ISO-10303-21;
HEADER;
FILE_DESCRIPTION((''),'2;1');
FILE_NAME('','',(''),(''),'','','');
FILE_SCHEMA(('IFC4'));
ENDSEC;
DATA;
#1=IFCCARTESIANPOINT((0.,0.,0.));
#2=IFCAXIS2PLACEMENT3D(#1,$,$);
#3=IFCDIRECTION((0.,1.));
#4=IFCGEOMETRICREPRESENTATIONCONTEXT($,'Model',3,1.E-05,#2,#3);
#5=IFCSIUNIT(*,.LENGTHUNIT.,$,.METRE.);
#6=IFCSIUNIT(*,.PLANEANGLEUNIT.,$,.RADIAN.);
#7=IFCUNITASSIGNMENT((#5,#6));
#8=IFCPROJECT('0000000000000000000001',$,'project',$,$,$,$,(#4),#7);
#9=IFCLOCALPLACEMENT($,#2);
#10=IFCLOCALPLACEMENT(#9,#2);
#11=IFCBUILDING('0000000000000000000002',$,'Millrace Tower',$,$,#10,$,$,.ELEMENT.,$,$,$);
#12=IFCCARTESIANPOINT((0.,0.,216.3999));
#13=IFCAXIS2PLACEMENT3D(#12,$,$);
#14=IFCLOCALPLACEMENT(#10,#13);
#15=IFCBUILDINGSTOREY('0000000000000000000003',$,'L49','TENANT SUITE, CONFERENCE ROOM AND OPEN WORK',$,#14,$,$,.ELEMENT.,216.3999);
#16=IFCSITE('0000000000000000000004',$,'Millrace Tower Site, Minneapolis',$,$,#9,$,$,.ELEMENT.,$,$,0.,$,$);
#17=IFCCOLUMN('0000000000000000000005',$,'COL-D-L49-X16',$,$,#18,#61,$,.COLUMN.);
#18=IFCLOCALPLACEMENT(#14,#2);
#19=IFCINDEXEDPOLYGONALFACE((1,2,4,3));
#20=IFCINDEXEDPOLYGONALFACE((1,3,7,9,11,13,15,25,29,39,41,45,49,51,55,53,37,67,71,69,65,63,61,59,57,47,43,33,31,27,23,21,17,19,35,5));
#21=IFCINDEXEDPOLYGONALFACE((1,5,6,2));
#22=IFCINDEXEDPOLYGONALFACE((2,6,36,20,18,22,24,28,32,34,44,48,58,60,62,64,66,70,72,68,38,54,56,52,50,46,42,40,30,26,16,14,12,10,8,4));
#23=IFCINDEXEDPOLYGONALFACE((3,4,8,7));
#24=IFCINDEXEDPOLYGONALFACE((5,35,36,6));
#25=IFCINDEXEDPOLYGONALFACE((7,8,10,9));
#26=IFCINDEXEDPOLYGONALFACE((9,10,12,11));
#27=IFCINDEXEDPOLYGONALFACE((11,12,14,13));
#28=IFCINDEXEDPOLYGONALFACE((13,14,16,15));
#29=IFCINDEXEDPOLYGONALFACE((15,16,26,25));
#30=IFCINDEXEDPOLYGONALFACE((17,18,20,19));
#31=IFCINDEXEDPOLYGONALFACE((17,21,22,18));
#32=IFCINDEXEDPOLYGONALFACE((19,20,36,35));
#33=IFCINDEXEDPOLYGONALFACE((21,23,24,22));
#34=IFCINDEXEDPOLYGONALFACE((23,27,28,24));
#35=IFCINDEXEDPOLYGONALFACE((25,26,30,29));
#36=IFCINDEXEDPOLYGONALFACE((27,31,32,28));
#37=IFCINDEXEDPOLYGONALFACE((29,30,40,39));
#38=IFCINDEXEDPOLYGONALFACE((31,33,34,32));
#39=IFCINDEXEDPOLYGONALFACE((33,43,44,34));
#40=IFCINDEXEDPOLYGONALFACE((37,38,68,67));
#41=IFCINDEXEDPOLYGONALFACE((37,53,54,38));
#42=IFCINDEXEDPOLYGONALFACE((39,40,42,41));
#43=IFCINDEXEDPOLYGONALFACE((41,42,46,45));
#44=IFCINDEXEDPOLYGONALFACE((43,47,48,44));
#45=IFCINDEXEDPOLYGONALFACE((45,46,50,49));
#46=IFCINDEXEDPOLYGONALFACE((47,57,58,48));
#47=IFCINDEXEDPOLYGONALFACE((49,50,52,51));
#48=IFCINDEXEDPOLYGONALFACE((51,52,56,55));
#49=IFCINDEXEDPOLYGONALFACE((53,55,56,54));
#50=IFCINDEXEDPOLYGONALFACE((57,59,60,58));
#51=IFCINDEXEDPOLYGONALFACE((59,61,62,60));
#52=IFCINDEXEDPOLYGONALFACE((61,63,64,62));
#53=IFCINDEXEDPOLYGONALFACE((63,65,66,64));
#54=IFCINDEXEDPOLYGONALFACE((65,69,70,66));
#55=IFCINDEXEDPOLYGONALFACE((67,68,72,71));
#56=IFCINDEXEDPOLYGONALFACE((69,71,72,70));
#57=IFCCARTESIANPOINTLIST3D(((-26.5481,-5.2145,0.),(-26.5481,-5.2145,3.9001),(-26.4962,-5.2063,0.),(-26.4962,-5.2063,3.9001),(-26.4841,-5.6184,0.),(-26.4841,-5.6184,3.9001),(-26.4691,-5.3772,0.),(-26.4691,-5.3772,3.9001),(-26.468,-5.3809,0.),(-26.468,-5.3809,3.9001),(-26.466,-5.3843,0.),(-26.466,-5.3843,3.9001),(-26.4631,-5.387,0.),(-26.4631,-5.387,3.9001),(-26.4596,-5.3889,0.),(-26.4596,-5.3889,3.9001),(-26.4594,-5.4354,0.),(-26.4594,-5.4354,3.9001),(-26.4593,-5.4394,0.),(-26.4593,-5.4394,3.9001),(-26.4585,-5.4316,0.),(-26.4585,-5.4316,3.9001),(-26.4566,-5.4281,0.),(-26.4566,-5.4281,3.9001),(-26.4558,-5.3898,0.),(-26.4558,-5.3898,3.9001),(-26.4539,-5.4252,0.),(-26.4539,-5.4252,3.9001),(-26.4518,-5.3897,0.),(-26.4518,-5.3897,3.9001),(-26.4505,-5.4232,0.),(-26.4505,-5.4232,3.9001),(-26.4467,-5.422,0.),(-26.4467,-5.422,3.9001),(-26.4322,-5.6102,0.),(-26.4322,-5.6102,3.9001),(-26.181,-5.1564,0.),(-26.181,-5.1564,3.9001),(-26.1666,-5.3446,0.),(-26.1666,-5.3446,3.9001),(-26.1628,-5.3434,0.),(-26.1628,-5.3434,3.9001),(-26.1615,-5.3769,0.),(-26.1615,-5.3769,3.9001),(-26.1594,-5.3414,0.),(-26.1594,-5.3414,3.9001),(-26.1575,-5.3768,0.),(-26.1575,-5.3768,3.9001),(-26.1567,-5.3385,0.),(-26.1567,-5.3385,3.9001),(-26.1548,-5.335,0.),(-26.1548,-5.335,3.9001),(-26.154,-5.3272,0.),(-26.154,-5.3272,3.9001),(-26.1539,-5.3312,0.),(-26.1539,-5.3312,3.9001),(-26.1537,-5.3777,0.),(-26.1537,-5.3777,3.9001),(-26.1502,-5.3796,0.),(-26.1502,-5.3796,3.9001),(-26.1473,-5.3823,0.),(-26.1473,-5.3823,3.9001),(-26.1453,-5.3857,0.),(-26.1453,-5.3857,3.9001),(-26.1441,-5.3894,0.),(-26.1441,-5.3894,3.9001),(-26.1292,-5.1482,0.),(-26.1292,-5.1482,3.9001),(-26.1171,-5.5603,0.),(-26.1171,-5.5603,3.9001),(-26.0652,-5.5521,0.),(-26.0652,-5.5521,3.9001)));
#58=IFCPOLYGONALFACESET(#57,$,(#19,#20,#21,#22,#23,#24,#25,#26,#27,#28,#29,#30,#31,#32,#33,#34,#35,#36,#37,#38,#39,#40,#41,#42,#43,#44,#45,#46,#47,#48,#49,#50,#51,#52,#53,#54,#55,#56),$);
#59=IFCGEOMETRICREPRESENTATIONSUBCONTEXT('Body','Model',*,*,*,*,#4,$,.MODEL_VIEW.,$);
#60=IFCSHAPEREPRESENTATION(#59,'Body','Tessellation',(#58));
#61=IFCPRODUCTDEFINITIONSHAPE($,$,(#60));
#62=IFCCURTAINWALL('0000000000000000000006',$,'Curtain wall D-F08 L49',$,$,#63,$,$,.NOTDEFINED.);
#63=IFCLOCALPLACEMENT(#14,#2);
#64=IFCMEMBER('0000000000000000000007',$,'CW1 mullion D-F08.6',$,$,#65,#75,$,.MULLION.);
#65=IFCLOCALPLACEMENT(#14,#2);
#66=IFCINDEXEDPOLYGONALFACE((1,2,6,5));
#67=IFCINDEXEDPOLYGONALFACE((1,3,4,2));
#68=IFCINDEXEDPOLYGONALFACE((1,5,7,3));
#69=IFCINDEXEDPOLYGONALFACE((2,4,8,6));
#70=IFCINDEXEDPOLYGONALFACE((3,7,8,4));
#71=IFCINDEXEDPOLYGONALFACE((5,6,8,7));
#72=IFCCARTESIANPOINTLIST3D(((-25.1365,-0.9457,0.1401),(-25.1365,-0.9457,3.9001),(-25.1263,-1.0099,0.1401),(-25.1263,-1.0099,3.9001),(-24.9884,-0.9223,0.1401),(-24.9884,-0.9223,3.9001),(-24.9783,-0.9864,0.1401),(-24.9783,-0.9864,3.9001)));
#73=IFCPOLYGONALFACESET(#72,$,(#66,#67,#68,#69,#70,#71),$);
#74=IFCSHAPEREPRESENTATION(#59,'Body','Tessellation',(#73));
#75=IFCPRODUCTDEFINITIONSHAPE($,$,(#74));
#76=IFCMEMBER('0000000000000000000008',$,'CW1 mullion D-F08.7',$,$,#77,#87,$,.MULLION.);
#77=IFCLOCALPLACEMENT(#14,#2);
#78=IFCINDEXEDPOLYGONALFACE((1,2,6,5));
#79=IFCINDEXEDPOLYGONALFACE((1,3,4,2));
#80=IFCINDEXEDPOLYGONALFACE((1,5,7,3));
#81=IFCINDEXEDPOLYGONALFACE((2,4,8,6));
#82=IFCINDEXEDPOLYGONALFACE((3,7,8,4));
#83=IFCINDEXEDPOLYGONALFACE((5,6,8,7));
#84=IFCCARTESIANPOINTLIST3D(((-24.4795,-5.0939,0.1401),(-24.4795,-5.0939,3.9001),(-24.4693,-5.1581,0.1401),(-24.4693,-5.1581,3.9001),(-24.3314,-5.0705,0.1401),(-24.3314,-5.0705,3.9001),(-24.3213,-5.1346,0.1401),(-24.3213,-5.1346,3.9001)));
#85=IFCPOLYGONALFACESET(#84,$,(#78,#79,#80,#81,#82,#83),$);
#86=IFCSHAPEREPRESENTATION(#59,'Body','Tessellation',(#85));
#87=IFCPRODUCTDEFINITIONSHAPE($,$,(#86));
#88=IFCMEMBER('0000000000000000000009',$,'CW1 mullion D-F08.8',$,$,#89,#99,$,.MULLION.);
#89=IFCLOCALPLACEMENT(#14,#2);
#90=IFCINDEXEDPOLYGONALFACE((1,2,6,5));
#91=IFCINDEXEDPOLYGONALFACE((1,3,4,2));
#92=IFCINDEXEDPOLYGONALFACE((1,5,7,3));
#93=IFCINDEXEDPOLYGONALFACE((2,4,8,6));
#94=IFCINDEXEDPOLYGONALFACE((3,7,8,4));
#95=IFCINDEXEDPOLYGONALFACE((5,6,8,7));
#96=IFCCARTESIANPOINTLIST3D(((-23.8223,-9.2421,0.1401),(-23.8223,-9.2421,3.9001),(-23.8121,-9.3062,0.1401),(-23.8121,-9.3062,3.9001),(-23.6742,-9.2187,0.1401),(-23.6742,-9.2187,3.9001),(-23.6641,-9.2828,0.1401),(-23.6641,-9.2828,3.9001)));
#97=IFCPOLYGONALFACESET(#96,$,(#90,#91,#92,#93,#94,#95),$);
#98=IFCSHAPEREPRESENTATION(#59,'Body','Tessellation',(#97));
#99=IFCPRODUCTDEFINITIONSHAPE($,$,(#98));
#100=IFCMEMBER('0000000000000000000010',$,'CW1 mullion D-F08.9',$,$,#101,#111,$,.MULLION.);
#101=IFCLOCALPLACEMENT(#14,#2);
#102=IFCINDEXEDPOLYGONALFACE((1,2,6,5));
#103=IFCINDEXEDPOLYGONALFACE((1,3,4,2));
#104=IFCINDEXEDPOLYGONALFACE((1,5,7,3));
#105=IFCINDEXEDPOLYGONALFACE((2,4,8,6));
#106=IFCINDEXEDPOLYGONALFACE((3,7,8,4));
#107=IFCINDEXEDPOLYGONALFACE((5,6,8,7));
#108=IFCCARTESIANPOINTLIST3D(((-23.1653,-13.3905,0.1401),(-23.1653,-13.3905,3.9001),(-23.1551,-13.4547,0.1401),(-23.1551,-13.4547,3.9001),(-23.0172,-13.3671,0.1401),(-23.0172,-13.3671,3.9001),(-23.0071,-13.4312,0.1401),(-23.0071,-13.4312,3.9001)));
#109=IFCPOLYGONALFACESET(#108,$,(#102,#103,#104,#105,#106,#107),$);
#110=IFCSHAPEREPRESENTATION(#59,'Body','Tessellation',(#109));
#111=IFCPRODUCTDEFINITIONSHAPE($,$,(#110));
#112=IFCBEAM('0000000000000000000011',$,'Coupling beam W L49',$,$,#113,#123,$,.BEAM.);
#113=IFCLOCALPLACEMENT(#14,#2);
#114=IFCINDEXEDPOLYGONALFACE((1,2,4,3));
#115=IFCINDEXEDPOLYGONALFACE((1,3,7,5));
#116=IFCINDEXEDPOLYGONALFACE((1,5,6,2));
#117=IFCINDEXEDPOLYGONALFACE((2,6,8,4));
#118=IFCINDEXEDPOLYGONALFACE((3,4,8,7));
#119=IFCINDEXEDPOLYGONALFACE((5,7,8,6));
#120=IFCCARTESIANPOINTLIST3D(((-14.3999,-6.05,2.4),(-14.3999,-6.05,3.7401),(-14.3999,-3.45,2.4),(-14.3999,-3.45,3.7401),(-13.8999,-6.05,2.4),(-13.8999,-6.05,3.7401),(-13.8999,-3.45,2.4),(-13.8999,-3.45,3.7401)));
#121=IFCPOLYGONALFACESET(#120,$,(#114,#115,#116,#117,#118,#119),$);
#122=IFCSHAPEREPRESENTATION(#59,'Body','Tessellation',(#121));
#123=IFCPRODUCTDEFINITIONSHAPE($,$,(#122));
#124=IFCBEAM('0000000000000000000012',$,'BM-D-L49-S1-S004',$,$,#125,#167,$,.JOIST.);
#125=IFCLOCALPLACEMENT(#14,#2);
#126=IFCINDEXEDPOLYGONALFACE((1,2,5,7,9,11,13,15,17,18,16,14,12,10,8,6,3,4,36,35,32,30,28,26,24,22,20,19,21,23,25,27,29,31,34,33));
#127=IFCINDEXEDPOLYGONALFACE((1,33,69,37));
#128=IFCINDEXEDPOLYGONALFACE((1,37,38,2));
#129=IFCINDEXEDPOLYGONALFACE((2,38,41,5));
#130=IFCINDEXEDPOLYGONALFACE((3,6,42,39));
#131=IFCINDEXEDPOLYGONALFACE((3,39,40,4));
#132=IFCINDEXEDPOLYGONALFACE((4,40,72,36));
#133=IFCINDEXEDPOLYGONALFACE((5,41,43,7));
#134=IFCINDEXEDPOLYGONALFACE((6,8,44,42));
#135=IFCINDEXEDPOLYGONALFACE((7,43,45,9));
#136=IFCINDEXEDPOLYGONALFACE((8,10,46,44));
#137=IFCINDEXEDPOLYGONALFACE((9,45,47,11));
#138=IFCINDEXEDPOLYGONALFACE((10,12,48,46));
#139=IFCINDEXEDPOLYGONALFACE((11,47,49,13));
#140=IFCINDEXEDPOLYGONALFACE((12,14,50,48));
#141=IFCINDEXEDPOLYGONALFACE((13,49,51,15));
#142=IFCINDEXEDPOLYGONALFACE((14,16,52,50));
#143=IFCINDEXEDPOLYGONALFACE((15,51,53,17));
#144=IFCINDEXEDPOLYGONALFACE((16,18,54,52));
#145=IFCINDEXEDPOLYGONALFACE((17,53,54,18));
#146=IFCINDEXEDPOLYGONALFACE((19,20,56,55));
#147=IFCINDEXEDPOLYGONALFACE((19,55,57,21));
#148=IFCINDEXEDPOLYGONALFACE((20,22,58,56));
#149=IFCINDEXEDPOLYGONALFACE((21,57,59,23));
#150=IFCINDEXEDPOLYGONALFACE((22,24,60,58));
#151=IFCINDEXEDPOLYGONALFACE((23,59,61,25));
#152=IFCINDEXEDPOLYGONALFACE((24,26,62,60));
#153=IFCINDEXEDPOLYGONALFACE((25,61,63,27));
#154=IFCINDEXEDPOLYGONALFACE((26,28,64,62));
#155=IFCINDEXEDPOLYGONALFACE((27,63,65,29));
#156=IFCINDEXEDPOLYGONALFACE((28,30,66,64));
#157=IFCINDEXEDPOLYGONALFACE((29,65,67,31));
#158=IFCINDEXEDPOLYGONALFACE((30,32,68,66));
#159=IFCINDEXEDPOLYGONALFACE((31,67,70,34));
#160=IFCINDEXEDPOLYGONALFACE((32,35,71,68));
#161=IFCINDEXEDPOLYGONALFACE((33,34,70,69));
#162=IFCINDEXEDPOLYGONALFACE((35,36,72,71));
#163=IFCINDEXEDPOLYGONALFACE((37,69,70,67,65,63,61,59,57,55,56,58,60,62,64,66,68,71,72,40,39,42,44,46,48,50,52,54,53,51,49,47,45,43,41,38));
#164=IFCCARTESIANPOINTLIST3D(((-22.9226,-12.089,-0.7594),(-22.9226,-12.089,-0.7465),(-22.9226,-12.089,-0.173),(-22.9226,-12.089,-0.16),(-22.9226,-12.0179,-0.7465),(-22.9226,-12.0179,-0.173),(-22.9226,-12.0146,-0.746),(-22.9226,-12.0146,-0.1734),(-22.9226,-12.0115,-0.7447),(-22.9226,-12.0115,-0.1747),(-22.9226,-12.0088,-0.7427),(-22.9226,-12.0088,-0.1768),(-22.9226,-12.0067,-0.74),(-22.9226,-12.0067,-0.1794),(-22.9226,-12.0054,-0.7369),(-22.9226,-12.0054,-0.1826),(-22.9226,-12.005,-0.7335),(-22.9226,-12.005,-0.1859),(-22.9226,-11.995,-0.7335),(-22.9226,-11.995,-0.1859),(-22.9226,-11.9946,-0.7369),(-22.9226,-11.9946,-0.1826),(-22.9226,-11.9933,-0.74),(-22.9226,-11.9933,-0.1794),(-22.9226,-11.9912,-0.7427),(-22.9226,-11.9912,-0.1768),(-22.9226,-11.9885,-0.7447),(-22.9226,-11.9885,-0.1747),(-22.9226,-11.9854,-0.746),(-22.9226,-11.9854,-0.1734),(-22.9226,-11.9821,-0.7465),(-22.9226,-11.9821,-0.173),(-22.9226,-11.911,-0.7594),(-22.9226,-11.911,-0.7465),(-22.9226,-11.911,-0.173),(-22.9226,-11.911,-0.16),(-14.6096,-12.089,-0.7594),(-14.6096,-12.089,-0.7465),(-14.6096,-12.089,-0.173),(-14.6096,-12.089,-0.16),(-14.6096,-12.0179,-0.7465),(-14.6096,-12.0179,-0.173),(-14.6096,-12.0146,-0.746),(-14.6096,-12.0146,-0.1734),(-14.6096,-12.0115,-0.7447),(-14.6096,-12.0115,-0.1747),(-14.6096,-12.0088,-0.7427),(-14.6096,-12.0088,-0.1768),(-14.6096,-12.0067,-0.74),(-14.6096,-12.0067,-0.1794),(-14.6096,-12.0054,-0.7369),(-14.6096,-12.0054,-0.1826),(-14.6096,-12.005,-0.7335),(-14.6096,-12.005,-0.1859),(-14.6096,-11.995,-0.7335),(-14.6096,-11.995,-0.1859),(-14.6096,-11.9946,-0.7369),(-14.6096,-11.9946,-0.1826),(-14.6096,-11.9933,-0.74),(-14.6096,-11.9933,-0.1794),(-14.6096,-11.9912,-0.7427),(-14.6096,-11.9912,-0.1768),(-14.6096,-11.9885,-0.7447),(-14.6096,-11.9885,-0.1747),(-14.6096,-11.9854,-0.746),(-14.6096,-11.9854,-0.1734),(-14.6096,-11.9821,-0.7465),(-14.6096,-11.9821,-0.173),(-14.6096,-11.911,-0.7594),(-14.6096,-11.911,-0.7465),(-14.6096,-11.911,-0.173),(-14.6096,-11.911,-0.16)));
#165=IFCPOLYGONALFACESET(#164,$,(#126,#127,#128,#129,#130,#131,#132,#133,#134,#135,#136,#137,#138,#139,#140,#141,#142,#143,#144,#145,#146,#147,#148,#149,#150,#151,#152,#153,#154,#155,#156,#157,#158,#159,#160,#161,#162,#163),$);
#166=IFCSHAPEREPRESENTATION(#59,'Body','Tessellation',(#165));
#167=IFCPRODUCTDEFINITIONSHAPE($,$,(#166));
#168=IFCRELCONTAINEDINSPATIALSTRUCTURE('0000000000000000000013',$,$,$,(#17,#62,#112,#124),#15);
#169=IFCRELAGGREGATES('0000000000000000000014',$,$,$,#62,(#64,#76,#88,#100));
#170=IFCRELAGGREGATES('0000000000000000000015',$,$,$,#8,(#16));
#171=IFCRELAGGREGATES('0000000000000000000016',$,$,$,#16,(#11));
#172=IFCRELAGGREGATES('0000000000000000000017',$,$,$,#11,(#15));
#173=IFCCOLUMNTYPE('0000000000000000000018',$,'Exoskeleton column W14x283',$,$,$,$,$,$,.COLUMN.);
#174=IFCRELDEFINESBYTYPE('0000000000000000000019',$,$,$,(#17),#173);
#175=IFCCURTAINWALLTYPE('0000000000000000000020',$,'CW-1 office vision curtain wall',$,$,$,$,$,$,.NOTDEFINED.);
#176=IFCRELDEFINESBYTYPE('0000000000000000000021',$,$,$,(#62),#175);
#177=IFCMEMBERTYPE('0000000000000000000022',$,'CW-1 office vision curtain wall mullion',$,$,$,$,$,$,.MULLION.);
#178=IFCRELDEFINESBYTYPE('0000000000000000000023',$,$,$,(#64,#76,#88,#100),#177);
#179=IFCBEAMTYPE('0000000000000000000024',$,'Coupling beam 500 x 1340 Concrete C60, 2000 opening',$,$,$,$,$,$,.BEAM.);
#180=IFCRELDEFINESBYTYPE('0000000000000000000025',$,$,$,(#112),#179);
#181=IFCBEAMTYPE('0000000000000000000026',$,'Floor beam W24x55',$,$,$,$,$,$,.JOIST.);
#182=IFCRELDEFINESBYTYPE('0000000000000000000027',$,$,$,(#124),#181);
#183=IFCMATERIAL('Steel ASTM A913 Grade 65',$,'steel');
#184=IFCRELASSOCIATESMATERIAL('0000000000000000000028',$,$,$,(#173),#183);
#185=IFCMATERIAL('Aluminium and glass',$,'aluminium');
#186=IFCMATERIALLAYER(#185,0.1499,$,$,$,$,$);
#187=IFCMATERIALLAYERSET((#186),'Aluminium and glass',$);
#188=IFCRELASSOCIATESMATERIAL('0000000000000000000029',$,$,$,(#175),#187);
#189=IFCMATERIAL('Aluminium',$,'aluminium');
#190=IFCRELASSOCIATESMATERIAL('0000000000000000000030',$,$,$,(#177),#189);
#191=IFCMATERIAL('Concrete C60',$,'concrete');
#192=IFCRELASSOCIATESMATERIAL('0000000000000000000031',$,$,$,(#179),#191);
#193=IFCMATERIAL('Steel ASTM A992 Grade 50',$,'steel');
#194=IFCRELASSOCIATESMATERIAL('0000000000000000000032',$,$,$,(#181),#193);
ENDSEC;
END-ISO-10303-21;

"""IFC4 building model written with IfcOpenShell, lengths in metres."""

from ifc_helpers import new_model, si_unit, direction, frame, origin, origin_2d, place, context, subcontext, project, spatial, rectangle, i_section, extrude, material, layer, layer_set, material_profile, profile_set, type_object, element, aggregate, save


model = new_model("IFC4")

# Units and contexts
model_context = context("Model", 3, precision=1e-05, world=origin(), true_north=direction((0.0, 1.0)))
body_context = subcontext(model_context, "Body", "Model", "MODEL_VIEW")
ifc_project = project(units=[si_unit("LENGTHUNIT", "METRE"), si_unit("PLANEANGLEUNIT", "RADIAN")], contexts=[model_context])

# Site, building, storey
site_placement = place(None, origin())
site = spatial("IfcSite", under=ifc_project, at=site_placement, Name="Millrace Tower Site, Minneapolis", CompositionType="ELEMENT", RefElevation=0.0)
building_placement = place(site_placement, origin())
building = spatial("IfcBuilding", under=site, at=building_placement, Name="Millrace Tower", CompositionType="ELEMENT")
storey_placement = place(building_placement, frame((0.0, 0.0, 216.3999)))
storey = spatial("IfcBuildingStorey", under=building, at=storey_placement, Name="L49", Description="TENANT SUITE, CONFERENCE ROOM AND OPEN WORK", CompositionType="ELEMENT", Elevation=216.3999)

# Column
ifc_material_1 = material(Name="Steel ASTM A913 Grade 65", Category="steel")
ifc_material_profile_1 = material_profile(ifc_material_1, i_section(OverallWidth=0.4089, OverallDepth=0.4241, WebThickness=0.0327, FlangeThickness=0.0525, FilletRadius=0.0151, at=origin_2d()))
ifc_profile_set_1 = profile_set([ifc_material_profile_1], Name="Steel ASTM A913 Grade 65")
column_type = type_object("IfcColumnType", Name="Exoskeleton column W14x283", PredefinedType="COLUMN", material=ifc_profile_set_1)
column_placement = place(storey_placement, frame((-26.3066, -5.3833, 0.0), z_axis=(0.0, 0.0, 1.0), x_axis=(0.156434, -0.987688, 0.0)))
element("IfcColumn", 1, at=column_placement, inside=storey, type_object=column_type, Name="COL-D-L49-X16", PredefinedType="COLUMN", context=body_context, shape_type="SweptSolid", body=[
    extrude(i_section(OverallWidth=0.4089, OverallDepth=0.4241, WebThickness=0.0327, FlangeThickness=0.0525, FilletRadius=0.0151, at=origin_2d()), origin(), (0.0, 0.0, 1.0), 3.9001),
])

# Curtain wall, members
ifc_material_2 = material(Name="Aluminium and glass", Category="aluminium")
ifc_layer_1 = layer(ifc_material_2, 0.1499)
ifc_layer_set_1 = layer_set([ifc_layer_1], Name="Aluminium and glass")
curtain_wall_type = type_object("IfcCurtainWallType", Name="CW-1 office vision curtain wall", PredefinedType="NOTDEFINED", material=ifc_layer_set_1)
curtain_wall_placement = place(storey_placement, origin())
curtain_wall = element("IfcCurtainWall", 2, at=curtain_wall_placement, inside=storey, type_object=curtain_wall_type, Name="Curtain wall D-F08 L49", PredefinedType="NOTDEFINED")
ifc_material_3 = material(Name="Aluminium", Category="aluminium")
ifc_material_profile_2 = material_profile(ifc_material_3, rectangle(XDim=0.0649, YDim=0.1499, at=origin_2d()))
ifc_profile_set_2 = profile_set([ifc_material_profile_2], Name="Aluminium")
member_type = type_object("IfcMemberType", Name="CW-1 office vision curtain wall mullion", PredefinedType="MULLION", material=ifc_profile_set_2)
member_1_placement = place(storey_placement, frame((-25.0574, -0.9661, 0.1401), z_axis=(0.0, 0.0, 1.0), x_axis=(0.156434, -0.987688, 0.0)))
member_1 = element("IfcMember", 3, at=member_1_placement, type_object=member_type, Name="CW1 mullion D-F08.6", PredefinedType="MULLION", context=body_context, shape_type="SweptSolid", body=[
    extrude(rectangle(XDim=0.0649, YDim=0.1499, at=origin_2d()), origin(), (0.0, 0.0, 1.0), 3.76),
])
member_2_placement = place(storey_placement, frame((-24.4004, -5.1143, 0.1401), z_axis=(0.0, 0.0, 1.0), x_axis=(0.156434, -0.987688, 0.0)))
member_2 = element("IfcMember", 4, at=member_2_placement, type_object=member_type, Name="CW1 mullion D-F08.7", PredefinedType="MULLION", context=body_context, shape_type="SweptSolid", body=[
    extrude(rectangle(XDim=0.0649, YDim=0.1499, at=origin_2d()), origin(), (0.0, 0.0, 1.0), 3.76),
])
member_3_placement = place(storey_placement, frame((-23.7432, -9.2625, 0.1401), z_axis=(0.0, 0.0, 1.0), x_axis=(0.156434, -0.987688, 0.0)))
member_3 = element("IfcMember", 5, at=member_3_placement, type_object=member_type, Name="CW1 mullion D-F08.8", PredefinedType="MULLION", context=body_context, shape_type="SweptSolid", body=[
    extrude(rectangle(XDim=0.0649, YDim=0.1499, at=origin_2d()), origin(), (0.0, 0.0, 1.0), 3.76),
])
member_4_placement = place(storey_placement, frame((-23.0862, -13.4109, 0.1401), z_axis=(0.0, 0.0, 1.0), x_axis=(0.156434, -0.987688, 0.0)))
member_4 = element("IfcMember", 6, at=member_4_placement, type_object=member_type, Name="CW1 mullion D-F08.9", PredefinedType="MULLION", context=body_context, shape_type="SweptSolid", body=[
    extrude(rectangle(XDim=0.0649, YDim=0.1499, at=origin_2d()), origin(), (0.0, 0.0, 1.0), 3.76),
])
aggregate(curtain_wall, [member_1, member_2, member_3, member_4])

# Beams
ifc_material_4 = material(Name="Concrete C60", Category="concrete")
ifc_material_profile_3 = material_profile(ifc_material_4, rectangle(XDim=0.5, YDim=1.3401, at=origin_2d()))
ifc_profile_set_3 = profile_set([ifc_material_profile_3], Name="Concrete C60")
beam_type_1 = type_object("IfcBeamType", Name="Coupling beam 500 x 1340 Concrete C60, 2000 opening", PredefinedType="BEAM", material=ifc_profile_set_3)
beam_1_placement = place(storey_placement, frame((-14.1499, -6.05, 3.0701), z_axis=(0.0, 1.0, 0.0), x_axis=(-1.0, 0.0, 0.0)))
element("IfcBeam", 7, at=beam_1_placement, inside=storey, type_object=beam_type_1, Name="Coupling beam W L49", PredefinedType="BEAM", context=body_context, shape_type="SweptSolid", body=[
    extrude(rectangle(XDim=0.5, YDim=1.3401, at=origin_2d()), origin(), (0.0, 0.0, 1.0), 2.6001),
])
ifc_material_5 = material(Name="Steel ASTM A992 Grade 50", Category="steel")
ifc_material_profile_4 = material_profile(ifc_material_5, i_section(OverallWidth=0.178, OverallDepth=0.5994, WebThickness=0.01, FlangeThickness=0.0129, FilletRadius=0.0129, at=origin_2d()))
ifc_profile_set_4 = profile_set([ifc_material_profile_4], Name="Steel ASTM A992 Grade 50")
beam_type_2 = type_object("IfcBeamType", Name="Floor beam W24x55", PredefinedType="JOIST", material=ifc_profile_set_4)
beam_2_placement = place(storey_placement, frame((-22.9226, -12.0, -0.4597), z_axis=(1.0, 0.0, 0.0), x_axis=(0.0, 1.0, 0.0)))
element("IfcBeam", 8, at=beam_2_placement, inside=storey, type_object=beam_type_2, Name="BM-D-L49-S1-S004", PredefinedType="JOIST", context=body_context, shape_type="SweptSolid", body=[
    extrude(i_section(OverallWidth=0.178, OverallDepth=0.5994, WebThickness=0.01, FlangeThickness=0.0129, FilletRadius=0.0129, at=origin_2d()), origin(), (0.0, 0.0, 1.0), 8.313),
])

save(model, "model.ifc")
